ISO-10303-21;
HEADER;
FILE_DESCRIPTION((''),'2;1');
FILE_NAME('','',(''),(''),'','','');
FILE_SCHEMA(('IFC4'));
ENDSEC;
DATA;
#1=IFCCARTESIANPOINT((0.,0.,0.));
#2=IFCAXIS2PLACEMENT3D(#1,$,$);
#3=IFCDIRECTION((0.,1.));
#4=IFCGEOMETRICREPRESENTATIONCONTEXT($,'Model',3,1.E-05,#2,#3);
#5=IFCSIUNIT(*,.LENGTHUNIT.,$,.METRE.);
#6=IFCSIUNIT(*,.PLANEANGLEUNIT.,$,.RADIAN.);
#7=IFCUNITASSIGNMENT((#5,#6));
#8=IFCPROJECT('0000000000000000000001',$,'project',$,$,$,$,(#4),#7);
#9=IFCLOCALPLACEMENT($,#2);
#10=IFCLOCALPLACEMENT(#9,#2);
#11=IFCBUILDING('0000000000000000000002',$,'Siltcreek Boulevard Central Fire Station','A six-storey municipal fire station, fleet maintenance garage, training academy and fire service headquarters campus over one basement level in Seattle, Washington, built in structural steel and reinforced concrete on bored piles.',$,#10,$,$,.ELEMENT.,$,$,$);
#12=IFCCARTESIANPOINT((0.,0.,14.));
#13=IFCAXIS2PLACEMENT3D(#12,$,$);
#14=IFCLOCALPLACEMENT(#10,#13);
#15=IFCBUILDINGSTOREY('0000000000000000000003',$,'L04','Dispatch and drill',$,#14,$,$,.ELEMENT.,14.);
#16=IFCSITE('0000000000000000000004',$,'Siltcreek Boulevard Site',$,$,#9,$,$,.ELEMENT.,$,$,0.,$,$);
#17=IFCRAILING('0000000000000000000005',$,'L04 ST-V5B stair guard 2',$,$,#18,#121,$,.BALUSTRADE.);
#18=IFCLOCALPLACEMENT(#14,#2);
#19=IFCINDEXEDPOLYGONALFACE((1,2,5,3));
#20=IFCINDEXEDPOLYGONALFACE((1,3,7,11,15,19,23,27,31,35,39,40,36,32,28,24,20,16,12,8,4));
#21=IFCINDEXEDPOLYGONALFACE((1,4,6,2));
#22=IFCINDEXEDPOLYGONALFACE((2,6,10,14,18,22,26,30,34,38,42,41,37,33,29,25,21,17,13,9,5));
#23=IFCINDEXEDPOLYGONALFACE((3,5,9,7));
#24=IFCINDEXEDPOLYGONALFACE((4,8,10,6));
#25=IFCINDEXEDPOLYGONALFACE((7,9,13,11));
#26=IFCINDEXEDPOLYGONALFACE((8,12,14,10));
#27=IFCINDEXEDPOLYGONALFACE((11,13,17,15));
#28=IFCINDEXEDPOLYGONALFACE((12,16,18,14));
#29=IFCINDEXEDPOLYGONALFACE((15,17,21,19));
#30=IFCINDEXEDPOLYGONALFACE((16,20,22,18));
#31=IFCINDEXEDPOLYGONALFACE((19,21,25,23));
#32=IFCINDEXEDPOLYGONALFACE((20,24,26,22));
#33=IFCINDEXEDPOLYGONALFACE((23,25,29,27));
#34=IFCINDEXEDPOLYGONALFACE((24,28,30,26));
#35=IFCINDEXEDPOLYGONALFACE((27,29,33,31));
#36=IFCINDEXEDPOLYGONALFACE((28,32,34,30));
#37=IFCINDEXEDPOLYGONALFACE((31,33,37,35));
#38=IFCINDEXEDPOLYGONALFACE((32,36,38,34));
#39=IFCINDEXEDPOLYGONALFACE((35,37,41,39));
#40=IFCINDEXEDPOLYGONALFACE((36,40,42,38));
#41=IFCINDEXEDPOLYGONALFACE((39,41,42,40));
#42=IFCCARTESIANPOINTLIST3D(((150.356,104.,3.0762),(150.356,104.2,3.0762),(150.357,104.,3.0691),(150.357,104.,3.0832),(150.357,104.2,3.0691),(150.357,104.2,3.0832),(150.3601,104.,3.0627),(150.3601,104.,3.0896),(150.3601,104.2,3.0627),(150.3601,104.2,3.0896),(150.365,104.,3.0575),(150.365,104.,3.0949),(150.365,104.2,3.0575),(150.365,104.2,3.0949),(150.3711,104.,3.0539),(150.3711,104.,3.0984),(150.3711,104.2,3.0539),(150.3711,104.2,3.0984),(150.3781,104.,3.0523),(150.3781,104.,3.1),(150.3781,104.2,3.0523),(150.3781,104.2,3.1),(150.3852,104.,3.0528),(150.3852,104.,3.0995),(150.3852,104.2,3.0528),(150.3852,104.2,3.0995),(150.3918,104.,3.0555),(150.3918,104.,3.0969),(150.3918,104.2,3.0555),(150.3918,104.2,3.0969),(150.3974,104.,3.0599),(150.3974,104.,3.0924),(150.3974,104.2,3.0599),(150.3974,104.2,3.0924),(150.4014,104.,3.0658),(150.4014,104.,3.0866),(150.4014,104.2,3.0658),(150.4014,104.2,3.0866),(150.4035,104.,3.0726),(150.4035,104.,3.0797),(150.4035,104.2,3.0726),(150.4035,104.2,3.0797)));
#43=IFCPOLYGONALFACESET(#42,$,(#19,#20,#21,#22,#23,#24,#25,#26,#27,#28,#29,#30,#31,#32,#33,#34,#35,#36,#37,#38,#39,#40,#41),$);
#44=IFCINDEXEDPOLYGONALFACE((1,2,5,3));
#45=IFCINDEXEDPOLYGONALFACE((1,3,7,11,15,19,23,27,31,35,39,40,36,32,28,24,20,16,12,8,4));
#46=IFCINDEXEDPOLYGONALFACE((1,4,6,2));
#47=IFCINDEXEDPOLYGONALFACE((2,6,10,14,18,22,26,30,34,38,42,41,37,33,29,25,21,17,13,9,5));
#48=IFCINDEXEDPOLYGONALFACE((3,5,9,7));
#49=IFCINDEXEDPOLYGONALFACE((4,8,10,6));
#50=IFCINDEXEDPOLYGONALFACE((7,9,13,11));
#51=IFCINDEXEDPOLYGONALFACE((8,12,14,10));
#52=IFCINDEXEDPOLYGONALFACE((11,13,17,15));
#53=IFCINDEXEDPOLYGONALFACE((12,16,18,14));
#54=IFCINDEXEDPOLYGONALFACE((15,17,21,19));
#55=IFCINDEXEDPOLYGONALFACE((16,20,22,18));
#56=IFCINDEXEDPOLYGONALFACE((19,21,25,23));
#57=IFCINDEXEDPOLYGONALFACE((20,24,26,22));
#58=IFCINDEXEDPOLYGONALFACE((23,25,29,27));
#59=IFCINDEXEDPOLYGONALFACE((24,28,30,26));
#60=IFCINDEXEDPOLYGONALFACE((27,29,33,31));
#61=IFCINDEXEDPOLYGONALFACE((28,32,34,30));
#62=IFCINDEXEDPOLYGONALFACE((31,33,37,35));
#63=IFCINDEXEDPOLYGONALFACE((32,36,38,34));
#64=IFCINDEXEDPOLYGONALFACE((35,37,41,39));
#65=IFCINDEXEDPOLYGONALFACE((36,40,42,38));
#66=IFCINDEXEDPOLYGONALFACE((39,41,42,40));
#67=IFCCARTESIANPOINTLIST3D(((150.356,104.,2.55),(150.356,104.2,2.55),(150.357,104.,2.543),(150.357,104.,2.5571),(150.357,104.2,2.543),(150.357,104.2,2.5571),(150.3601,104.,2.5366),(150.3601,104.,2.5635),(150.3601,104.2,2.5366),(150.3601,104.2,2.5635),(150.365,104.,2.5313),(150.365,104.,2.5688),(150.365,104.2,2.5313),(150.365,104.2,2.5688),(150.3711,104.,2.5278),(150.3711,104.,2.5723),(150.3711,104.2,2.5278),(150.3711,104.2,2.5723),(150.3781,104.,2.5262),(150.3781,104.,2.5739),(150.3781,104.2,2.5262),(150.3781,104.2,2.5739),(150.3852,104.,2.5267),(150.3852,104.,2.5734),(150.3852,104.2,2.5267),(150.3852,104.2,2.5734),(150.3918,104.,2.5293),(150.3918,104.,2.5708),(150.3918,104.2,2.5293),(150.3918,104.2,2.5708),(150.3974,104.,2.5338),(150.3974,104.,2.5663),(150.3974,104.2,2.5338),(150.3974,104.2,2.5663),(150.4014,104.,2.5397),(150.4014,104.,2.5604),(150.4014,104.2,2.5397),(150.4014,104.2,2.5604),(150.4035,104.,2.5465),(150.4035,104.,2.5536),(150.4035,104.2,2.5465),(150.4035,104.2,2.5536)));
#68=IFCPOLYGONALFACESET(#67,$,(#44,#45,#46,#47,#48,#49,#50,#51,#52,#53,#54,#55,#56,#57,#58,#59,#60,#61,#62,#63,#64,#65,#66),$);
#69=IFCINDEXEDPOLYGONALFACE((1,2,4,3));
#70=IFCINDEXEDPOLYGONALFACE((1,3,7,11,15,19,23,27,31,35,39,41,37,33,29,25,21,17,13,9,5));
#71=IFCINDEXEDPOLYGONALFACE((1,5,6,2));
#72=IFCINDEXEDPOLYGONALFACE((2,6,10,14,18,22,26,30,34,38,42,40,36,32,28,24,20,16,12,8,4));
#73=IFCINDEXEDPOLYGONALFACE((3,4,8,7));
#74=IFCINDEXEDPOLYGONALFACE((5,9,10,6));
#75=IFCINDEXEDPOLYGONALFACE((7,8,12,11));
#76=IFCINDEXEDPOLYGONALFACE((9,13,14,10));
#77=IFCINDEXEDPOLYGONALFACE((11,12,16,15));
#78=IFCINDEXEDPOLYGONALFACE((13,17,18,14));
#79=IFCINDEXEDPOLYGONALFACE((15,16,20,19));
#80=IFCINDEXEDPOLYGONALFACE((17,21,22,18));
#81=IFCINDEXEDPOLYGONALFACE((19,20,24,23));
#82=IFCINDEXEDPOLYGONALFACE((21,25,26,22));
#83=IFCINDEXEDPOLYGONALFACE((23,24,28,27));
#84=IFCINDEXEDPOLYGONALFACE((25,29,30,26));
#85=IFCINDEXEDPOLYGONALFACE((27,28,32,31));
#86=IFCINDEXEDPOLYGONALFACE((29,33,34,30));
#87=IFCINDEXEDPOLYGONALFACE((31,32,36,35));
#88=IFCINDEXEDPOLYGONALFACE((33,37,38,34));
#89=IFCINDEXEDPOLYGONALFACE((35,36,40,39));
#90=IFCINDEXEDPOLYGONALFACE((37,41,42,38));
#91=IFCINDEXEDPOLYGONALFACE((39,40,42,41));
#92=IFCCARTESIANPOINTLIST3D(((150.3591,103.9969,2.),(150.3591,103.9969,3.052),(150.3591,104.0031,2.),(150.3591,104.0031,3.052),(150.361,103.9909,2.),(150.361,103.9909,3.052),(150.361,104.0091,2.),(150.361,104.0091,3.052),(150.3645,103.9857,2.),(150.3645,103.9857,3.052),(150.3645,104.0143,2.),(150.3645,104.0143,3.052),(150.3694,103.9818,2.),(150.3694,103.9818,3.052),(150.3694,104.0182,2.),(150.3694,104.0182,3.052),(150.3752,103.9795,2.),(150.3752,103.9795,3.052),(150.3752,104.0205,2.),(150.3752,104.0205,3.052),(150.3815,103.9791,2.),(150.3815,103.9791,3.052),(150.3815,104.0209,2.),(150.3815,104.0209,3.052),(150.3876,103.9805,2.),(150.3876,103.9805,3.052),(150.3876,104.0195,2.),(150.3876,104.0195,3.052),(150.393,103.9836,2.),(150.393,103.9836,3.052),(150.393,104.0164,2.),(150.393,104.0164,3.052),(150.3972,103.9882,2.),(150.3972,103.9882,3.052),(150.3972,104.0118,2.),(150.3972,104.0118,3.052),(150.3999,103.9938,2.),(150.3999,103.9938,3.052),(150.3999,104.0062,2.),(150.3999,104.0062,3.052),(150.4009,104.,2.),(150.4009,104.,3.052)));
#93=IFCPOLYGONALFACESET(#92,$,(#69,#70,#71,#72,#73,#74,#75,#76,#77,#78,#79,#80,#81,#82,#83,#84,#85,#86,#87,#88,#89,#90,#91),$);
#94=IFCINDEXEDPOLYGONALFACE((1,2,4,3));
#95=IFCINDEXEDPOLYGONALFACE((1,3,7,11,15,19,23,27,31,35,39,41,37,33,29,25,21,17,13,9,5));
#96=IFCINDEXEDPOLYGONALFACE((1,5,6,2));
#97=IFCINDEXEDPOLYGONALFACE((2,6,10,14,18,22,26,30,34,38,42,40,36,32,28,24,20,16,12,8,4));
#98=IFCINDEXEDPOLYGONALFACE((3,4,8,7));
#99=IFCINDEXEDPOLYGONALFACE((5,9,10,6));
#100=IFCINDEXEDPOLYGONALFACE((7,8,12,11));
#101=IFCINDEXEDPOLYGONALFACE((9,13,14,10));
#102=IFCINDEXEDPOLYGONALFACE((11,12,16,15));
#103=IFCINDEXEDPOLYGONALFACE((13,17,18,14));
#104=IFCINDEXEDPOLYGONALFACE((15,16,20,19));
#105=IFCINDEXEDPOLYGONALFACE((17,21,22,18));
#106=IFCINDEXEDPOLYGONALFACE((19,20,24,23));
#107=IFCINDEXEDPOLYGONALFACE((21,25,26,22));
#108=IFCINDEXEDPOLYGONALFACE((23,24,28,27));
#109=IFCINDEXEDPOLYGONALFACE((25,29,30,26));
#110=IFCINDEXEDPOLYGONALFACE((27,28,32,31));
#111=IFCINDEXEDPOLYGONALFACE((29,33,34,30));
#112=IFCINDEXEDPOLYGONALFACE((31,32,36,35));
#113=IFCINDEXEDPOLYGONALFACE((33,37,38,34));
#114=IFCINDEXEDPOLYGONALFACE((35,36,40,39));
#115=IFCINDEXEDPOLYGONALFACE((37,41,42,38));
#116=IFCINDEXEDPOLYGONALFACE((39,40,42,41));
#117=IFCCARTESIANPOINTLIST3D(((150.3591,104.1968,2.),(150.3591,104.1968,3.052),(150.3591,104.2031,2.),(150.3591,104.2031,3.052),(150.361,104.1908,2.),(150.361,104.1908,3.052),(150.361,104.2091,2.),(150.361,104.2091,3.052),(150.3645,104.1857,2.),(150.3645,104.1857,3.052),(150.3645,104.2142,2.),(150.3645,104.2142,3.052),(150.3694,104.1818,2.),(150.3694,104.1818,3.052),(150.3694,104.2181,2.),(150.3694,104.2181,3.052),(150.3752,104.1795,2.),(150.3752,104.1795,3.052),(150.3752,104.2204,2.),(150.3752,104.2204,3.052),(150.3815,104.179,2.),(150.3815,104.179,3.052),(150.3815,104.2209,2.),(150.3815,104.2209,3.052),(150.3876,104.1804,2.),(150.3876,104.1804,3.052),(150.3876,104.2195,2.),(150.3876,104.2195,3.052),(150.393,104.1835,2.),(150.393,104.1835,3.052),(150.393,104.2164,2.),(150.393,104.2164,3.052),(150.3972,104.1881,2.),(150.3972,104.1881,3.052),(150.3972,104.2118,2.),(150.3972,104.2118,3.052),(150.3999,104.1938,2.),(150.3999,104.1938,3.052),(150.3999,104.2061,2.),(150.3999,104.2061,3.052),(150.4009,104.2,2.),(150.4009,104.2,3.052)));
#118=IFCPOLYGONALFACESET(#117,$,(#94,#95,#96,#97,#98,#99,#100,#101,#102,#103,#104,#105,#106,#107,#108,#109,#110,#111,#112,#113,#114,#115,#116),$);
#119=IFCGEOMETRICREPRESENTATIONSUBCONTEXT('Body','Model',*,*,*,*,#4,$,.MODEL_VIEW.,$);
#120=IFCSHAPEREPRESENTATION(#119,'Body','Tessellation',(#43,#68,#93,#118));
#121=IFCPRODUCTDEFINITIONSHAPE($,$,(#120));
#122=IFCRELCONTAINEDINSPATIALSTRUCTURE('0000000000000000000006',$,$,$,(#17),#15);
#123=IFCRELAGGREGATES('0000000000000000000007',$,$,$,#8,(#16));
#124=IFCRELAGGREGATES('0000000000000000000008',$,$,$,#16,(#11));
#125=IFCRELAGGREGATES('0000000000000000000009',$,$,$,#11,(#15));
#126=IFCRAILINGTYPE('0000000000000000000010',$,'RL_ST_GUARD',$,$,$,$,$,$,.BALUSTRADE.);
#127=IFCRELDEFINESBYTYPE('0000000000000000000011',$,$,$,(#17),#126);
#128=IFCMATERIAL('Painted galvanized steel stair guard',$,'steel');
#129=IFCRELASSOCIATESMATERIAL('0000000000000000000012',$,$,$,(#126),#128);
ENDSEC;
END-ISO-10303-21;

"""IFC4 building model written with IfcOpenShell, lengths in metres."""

from ifc_helpers import new_model, si_unit, direction, frame, origin, origin_2d, place, context, subcontext, project, spatial, circle, extrude, material, type_object, element, save


model = new_model("IFC4")

# Units and contexts
model_context = context("Model", 3, precision=1e-05, world=origin(), true_north=direction((0.0, 1.0)))
body_context = subcontext(model_context, "Body", "Model", "MODEL_VIEW")
ifc_project = project(units=[si_unit("LENGTHUNIT", "METRE"), si_unit("PLANEANGLEUNIT", "RADIAN")], contexts=[model_context])

# Site, building, storey
site_placement = place(None, origin())
site = spatial("IfcSite", under=ifc_project, at=site_placement, Name="Siltcreek Boulevard Site", CompositionType="ELEMENT", RefElevation=0.0)
building_placement = place(site_placement, origin())
building = spatial("IfcBuilding", under=site, at=building_placement, Name="Siltcreek Boulevard Central Fire Station", Description="A six-storey municipal fire station, fleet maintenance garage, training academy and fire service headquarters campus over one basement level in Seattle, Washington, built in structural steel and reinforced concrete on bored piles.", CompositionType="ELEMENT")
storey_placement = place(building_placement, frame((0.0, 0.0, 14.0)))
storey = spatial("IfcBuildingStorey", under=building, at=storey_placement, Name="L04", Description="Dispatch and drill", CompositionType="ELEMENT", Elevation=14.0)

# Railing
ifc_material_1 = material(Name="Painted galvanized steel stair guard", Category="steel")
railing_type_1 = type_object("IfcRailingType", Name="RL_ST_GUARD", PredefinedType="BALUSTRADE", material=ifc_material_1)
railing_1_placement = place(storey_placement, frame((150.3799, 104.0, 2.0)))
element("IfcRailing", 1, at=railing_1_placement, inside=storey, type_object=railing_type_1, Name="L04 ST-V5B stair guard 2", PredefinedType="BALUSTRADE", context=body_context, shape_type="SweptSolid", body=[
    extrude(circle(Radius=0.0239, at=origin_2d()), frame((0.0, 0.0, 1.0762), z_axis=(0.0, 1.0, 0.0), x_axis=(-1.0, 0.0, 0.0)), (0.0, 0.0, 1.0), 0.2),
    extrude(circle(Radius=0.0239, at=origin_2d()), frame((0.0, 0.0, 0.55), z_axis=(0.0, 1.0, 0.0), x_axis=(-1.0, 0.0, 0.0)), (0.0, 0.0, 1.0), 0.2),
    extrude(circle(Radius=0.021, at=origin_2d()), origin(), (0.0, 0.0, 1.0), 1.052),
    extrude(circle(Radius=0.021, at=origin_2d()), frame((0.0, 0.2, 0.0)), (0.0, 0.0, 1.0), 1.052),
])

save(model, "model.ifc")
